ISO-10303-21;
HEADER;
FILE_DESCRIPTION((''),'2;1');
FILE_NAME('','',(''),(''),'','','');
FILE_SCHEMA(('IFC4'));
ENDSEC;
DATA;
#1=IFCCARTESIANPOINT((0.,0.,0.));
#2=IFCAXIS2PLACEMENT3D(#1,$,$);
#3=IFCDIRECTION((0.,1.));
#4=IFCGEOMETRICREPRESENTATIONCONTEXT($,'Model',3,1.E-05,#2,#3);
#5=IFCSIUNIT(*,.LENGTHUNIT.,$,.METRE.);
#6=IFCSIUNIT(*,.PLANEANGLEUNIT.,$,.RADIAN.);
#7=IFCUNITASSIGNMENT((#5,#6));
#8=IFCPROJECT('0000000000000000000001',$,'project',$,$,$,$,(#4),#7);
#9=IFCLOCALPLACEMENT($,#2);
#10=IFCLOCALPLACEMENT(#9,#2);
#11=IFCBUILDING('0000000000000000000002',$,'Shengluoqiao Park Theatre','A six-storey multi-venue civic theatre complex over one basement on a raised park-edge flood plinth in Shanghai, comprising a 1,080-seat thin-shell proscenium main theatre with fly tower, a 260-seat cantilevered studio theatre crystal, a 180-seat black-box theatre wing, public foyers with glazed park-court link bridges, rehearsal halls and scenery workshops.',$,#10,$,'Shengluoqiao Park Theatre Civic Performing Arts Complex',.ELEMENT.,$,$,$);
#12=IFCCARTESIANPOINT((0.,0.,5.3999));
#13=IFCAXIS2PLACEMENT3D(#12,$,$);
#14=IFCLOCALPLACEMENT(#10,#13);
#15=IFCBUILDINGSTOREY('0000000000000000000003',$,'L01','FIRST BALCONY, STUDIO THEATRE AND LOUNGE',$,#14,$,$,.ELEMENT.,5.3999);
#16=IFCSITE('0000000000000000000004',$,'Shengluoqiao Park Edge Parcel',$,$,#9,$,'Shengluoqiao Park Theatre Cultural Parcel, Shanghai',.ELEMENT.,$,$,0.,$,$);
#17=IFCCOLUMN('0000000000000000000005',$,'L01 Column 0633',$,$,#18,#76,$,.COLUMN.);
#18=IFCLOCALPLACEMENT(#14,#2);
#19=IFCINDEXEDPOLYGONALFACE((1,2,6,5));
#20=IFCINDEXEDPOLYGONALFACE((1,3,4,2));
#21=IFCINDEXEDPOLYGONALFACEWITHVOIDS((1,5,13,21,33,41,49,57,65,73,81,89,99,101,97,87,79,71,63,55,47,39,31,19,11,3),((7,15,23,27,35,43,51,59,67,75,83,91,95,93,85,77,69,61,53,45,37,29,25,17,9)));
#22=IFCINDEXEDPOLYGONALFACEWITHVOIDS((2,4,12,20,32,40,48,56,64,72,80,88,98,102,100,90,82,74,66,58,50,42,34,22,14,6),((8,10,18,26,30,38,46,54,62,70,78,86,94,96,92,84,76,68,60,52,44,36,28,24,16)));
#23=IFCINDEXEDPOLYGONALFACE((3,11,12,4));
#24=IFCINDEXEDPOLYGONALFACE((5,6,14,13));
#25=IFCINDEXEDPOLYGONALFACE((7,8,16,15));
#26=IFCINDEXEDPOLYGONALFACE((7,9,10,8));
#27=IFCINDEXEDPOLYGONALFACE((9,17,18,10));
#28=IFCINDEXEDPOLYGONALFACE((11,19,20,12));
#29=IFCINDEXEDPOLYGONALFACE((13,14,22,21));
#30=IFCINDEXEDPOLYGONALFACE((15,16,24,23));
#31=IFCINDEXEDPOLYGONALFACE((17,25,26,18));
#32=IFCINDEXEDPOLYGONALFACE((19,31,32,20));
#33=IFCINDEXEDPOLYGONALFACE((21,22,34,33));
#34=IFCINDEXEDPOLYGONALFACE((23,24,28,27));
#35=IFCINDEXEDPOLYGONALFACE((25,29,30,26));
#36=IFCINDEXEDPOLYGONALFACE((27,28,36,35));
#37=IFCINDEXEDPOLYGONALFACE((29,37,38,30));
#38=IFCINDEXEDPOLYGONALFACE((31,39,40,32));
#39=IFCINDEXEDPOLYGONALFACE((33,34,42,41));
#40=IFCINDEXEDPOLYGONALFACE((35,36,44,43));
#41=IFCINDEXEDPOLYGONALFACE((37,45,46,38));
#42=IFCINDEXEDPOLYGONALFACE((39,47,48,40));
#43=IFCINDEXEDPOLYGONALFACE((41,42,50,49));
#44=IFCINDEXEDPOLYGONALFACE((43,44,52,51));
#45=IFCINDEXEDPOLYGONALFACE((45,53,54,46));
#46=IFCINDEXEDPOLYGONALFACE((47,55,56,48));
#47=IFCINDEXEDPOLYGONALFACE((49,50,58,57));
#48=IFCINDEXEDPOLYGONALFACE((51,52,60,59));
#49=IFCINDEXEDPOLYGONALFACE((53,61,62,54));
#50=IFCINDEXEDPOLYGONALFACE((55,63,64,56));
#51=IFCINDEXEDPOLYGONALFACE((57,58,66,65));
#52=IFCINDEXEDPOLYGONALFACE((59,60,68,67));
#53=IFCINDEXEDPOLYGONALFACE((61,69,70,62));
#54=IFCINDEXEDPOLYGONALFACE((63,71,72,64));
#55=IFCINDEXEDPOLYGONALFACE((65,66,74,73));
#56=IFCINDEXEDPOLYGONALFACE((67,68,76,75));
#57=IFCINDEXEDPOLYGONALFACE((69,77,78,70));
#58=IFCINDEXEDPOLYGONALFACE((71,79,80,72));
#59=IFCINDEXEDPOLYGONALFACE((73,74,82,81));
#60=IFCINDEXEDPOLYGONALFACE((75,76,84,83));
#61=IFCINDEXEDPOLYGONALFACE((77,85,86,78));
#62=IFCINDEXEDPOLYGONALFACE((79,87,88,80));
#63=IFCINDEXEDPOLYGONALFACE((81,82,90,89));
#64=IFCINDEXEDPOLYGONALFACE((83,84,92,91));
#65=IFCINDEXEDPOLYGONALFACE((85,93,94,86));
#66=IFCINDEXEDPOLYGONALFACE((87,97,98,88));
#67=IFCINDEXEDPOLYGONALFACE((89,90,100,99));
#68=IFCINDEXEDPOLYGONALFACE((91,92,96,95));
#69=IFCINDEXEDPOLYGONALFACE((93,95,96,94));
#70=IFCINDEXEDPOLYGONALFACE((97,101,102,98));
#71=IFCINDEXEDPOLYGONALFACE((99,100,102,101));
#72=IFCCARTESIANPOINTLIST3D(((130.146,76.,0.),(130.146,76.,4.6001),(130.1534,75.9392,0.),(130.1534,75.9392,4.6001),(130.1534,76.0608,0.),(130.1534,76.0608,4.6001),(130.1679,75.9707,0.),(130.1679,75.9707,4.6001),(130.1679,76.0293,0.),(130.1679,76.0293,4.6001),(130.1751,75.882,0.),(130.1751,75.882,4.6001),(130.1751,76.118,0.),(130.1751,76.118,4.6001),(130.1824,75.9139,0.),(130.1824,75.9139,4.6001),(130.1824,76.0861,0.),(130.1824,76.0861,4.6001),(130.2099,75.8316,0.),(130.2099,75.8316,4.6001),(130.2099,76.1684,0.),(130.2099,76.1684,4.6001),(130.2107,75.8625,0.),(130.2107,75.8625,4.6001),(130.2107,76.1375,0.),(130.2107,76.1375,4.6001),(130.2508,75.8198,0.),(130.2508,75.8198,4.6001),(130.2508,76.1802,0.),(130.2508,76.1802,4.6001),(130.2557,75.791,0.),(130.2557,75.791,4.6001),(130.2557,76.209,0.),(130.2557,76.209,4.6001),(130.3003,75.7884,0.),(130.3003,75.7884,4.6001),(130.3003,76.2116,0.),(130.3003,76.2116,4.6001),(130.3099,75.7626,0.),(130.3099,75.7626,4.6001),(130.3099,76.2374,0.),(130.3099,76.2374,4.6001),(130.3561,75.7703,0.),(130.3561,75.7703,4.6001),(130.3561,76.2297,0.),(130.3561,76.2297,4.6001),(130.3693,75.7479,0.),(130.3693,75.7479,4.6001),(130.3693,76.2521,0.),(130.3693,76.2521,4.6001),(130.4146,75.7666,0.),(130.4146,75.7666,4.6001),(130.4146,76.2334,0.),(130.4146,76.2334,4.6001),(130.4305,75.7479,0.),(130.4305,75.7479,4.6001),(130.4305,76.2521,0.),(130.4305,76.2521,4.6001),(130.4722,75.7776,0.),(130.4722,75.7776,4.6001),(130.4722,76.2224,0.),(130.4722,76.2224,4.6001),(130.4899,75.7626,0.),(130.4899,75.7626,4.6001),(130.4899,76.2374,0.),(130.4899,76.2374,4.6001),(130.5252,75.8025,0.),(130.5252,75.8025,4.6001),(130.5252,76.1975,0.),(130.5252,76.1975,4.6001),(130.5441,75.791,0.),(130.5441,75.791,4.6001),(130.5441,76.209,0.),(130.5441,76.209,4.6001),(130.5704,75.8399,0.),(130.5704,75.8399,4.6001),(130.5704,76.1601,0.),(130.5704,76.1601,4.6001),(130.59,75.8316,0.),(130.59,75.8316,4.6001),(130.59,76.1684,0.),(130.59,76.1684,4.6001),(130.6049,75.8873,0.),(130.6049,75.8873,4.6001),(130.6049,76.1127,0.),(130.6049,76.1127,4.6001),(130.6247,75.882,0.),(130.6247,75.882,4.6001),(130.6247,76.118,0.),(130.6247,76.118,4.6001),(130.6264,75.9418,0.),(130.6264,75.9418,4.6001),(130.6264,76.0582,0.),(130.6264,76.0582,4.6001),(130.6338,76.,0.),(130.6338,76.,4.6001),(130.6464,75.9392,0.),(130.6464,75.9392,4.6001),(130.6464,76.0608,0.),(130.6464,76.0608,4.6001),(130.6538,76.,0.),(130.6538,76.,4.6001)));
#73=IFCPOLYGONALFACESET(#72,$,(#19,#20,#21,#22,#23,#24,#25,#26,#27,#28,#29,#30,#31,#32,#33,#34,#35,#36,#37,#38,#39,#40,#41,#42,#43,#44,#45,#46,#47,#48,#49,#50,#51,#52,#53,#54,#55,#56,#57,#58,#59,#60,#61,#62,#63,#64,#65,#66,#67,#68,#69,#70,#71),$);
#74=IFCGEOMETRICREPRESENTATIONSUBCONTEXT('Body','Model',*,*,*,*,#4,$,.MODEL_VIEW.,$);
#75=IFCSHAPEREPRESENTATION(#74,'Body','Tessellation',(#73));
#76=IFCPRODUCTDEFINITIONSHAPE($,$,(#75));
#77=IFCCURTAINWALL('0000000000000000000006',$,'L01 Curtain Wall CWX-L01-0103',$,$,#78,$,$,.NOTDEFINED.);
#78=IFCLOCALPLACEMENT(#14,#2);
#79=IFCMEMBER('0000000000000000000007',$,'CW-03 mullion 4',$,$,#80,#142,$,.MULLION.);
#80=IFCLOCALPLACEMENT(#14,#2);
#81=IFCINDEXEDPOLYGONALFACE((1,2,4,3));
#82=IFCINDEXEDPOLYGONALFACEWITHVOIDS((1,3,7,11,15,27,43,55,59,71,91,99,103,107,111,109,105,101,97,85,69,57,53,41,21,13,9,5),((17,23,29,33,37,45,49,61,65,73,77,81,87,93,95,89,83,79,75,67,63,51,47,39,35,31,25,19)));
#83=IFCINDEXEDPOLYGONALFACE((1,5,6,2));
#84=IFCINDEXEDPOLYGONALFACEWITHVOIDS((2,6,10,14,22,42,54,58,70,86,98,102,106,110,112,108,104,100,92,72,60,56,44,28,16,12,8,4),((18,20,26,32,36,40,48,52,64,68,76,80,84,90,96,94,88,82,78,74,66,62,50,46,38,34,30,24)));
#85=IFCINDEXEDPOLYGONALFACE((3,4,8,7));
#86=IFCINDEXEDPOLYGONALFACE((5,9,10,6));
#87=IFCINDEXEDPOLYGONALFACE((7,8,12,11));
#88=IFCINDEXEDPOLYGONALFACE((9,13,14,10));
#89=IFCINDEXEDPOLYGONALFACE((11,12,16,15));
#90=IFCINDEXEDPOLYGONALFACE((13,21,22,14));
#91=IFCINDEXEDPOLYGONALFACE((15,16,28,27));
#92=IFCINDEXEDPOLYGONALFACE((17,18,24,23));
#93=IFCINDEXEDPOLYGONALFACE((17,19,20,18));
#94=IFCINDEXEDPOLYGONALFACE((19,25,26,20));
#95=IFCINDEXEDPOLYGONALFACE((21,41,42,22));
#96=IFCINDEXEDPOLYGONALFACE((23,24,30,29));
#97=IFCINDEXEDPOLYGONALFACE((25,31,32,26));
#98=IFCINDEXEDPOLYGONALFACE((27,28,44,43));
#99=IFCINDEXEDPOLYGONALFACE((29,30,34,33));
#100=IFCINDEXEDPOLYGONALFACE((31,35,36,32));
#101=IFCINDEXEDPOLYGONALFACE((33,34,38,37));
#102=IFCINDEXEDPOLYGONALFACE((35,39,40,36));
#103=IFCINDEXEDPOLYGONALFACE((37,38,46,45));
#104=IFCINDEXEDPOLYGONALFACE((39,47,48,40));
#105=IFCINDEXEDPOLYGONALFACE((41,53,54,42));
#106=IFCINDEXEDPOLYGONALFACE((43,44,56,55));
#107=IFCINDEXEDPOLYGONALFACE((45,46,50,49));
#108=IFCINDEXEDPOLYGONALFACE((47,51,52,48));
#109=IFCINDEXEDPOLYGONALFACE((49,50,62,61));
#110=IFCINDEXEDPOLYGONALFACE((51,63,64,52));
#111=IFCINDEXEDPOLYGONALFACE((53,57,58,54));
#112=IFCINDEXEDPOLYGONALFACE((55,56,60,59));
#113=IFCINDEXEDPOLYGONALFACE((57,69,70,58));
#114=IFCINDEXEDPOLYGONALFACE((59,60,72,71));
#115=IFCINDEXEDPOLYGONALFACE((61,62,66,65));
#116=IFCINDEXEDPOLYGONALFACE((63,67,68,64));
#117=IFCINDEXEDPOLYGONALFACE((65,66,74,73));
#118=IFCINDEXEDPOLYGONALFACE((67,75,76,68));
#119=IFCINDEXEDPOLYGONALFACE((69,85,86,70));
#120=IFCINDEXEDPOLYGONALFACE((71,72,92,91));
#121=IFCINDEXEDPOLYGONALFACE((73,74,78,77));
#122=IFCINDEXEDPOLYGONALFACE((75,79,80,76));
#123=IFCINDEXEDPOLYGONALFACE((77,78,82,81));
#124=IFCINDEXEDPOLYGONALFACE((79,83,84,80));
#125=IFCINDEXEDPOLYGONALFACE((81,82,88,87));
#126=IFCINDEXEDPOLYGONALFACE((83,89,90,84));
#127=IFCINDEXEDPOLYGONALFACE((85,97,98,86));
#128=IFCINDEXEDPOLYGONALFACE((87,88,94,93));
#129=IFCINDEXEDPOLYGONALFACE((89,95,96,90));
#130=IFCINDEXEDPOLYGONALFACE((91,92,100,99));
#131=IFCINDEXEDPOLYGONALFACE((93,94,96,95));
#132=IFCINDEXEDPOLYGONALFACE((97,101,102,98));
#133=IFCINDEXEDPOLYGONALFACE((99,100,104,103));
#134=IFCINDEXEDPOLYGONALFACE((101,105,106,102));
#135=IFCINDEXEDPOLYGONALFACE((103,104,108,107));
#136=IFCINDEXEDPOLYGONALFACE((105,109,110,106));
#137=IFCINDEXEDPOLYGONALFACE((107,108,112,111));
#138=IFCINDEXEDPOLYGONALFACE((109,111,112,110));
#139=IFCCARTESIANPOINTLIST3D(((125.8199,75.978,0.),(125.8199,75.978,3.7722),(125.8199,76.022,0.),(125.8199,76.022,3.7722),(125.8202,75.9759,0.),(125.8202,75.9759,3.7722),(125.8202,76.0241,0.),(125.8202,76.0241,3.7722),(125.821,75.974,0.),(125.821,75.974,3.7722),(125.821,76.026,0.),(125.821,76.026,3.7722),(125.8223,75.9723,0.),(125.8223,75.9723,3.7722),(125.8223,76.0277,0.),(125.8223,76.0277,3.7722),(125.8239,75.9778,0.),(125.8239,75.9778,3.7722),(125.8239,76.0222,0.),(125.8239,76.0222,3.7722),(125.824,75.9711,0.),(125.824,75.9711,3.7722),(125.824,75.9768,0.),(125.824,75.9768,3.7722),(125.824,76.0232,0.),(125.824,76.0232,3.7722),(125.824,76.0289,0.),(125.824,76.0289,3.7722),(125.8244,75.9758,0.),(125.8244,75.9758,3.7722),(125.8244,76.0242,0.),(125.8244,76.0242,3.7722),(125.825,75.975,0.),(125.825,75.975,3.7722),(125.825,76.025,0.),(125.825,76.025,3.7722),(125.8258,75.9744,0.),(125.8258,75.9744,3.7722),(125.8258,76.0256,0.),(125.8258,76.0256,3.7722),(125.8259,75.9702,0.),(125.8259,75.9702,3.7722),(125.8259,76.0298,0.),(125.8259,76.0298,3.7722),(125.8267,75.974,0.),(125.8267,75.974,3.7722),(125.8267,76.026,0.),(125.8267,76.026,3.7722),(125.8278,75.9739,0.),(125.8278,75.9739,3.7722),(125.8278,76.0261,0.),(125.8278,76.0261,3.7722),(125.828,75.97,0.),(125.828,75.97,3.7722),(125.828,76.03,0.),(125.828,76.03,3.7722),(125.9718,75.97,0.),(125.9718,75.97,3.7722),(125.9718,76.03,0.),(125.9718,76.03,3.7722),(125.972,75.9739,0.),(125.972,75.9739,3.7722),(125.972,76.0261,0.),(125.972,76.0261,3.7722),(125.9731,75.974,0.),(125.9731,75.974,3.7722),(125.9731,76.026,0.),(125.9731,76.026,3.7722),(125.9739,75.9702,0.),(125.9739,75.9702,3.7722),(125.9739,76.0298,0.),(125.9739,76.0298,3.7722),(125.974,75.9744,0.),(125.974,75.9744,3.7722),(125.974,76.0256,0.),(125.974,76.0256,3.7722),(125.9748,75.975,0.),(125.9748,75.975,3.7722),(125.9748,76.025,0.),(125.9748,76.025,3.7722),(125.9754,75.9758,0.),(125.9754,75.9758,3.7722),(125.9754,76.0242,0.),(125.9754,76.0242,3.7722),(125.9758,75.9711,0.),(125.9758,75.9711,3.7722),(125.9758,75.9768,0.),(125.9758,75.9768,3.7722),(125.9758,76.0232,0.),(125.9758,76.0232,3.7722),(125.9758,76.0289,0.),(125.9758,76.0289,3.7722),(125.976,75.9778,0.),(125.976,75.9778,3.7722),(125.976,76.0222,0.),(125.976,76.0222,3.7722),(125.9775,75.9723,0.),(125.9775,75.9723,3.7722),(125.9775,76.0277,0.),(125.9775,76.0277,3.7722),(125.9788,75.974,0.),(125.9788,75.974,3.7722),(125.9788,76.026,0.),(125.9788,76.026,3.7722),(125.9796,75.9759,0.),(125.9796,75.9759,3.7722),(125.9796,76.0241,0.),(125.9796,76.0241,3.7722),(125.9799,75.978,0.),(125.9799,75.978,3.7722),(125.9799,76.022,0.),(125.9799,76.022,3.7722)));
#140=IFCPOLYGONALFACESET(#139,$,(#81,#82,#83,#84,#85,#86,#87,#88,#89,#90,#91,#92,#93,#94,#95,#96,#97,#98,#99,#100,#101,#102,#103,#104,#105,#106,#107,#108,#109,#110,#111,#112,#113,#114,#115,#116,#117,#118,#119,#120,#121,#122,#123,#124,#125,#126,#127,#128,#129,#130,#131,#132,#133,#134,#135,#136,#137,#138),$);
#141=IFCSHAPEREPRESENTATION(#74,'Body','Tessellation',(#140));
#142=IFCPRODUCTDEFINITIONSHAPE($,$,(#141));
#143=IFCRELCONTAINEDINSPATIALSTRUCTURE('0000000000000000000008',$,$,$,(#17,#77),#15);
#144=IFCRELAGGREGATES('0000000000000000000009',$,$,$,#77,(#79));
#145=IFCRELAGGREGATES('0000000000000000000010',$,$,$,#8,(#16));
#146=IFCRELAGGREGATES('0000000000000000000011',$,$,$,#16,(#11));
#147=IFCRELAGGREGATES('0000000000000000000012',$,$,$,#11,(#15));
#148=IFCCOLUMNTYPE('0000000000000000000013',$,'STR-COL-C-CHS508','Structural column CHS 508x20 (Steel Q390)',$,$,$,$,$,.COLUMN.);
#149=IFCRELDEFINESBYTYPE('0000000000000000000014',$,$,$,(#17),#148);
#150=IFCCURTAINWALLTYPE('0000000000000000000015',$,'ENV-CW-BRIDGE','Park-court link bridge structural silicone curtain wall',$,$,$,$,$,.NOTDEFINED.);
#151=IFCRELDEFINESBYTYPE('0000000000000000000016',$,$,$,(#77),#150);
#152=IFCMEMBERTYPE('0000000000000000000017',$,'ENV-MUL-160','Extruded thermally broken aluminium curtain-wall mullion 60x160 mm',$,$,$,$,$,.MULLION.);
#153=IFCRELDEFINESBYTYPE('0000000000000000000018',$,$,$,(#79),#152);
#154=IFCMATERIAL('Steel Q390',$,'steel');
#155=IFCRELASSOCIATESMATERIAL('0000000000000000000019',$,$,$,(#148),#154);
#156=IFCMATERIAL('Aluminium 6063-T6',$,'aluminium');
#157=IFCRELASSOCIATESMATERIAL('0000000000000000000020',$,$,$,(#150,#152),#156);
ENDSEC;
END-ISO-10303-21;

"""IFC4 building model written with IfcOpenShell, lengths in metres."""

from ifc_helpers import new_model, si_unit, direction, frame, origin, origin_2d, place, context, subcontext, project, spatial, hollow_rectangle, hollow_circle, extrude, material, material_profile, profile_set, type_object, element, aggregate, save


model = new_model("IFC4")

# Units and contexts
model_context = context("Model", 3, precision=1e-05, world=origin(), true_north=direction((0.0, 1.0)))
body_context = subcontext(model_context, "Body", "Model", "MODEL_VIEW")
ifc_project = project(units=[si_unit("LENGTHUNIT", "METRE"), si_unit("PLANEANGLEUNIT", "RADIAN")], contexts=[model_context])

# Site, building, storey
site_placement = place(None, origin())
site = spatial("IfcSite", under=ifc_project, at=site_placement, Name="Shengluoqiao Park Edge Parcel", LongName="Shengluoqiao Park Theatre Cultural Parcel, Shanghai", CompositionType="ELEMENT", RefElevation=0.0)
building_placement = place(site_placement, origin())
building = spatial("IfcBuilding", under=site, at=building_placement, Name="Shengluoqiao Park Theatre", Description="A six-storey multi-venue civic theatre complex over one basement on a raised park-edge flood plinth in Shanghai, comprising a 1,080-seat thin-shell proscenium main theatre with fly tower, a 260-seat cantilevered studio theatre crystal, a 180-seat black-box theatre wing, public foyers with glazed park-court link bridges, rehearsal halls and scenery workshops.", LongName="Shengluoqiao Park Theatre Civic Performing Arts Complex", CompositionType="ELEMENT")
storey_placement = place(building_placement, frame((0.0, 0.0, 5.3999)))
storey = spatial("IfcBuildingStorey", under=building, at=storey_placement, Name="L01", Description="FIRST BALCONY, STUDIO THEATRE AND LOUNGE", CompositionType="ELEMENT", Elevation=5.3999)

# Column
ifc_material_1 = material(Name="Steel Q390", Category="steel")
ifc_material_profile_1 = material_profile(ifc_material_1, hollow_circle(Radius=0.2539, WallThickness=0.02, at=origin_2d()), Name="CHS 508x20")
ifc_profile_set_1 = profile_set([ifc_material_profile_1], Name="Steel Q390")
column_type = type_object("IfcColumnType", Name="STR-COL-C-CHS508", Description="Structural column CHS 508x20 (Steel Q390)", PredefinedType="COLUMN", material=ifc_profile_set_1)
column_placement = place(storey_placement, frame((130.3999, 76.0, 0.0), z_axis=(0.0, 0.0, 1.0), x_axis=(1.0, 0.0, 0.0)))
element("IfcColumn", 1, at=column_placement, inside=storey, type_object=column_type, Name="L01 Column 0633", PredefinedType="COLUMN", context=body_context, shape_type="SweptSolid", body=[
    extrude(hollow_circle(Radius=0.2539, WallThickness=0.02, at=origin_2d()), origin(), (0.0, 0.0, 1.0), 4.6001),
])

# Curtain wall, member
ifc_material_2 = material(Name="Aluminium 6063-T6", Category="aluminium")
curtain_wall_type = type_object("IfcCurtainWallType", Name="ENV-CW-BRIDGE", Description="Park-court link bridge structural silicone curtain wall", PredefinedType="NOTDEFINED", material=ifc_material_2)
curtain_wall_1_placement = place(storey_placement, origin())
curtain_wall_1 = element("IfcCurtainWall", 2, at=curtain_wall_1_placement, inside=storey, type_object=curtain_wall_type, Name="L01 Curtain Wall CWX-L01-0103", PredefinedType="NOTDEFINED")
ifc_material_profile_2 = material_profile(ifc_material_2, hollow_rectangle(XDim=0.0601, YDim=0.1599, WallThickness=0.0039, InnerFilletRadius=0.0039, OuterFilletRadius=0.0081, at=origin_2d()), Name="ALU MULLION 160x60x4")
ifc_profile_set_2 = profile_set([ifc_material_profile_2], Name="Aluminium 6063-T6")
member_type_1 = type_object("IfcMemberType", Name="ENV-MUL-160", Description="Extruded thermally broken aluminium curtain-wall mullion 60x160 mm", PredefinedType="MULLION", material=ifc_profile_set_2)
member_1_placement = place(storey_placement, frame((125.8999, 76.0, 0.0), z_axis=(0.0, 0.0, 1.0), x_axis=(0.0, 1.0, 0.0)))
member_1 = element("IfcMember", 3, at=member_1_placement, type_object=member_type_1, Name="CW-03 mullion 4", PredefinedType="MULLION", context=body_context, shape_type="SweptSolid", body=[
    extrude(hollow_rectangle(XDim=0.0601, YDim=0.1599, WallThickness=0.0039, InnerFilletRadius=0.0039, OuterFilletRadius=0.0081, at=origin_2d()), origin(), (0.0, 0.0, 1.0), 3.7722),
])

aggregate(curtain_wall_1, [member_1])

save(model, "model.ifc")
